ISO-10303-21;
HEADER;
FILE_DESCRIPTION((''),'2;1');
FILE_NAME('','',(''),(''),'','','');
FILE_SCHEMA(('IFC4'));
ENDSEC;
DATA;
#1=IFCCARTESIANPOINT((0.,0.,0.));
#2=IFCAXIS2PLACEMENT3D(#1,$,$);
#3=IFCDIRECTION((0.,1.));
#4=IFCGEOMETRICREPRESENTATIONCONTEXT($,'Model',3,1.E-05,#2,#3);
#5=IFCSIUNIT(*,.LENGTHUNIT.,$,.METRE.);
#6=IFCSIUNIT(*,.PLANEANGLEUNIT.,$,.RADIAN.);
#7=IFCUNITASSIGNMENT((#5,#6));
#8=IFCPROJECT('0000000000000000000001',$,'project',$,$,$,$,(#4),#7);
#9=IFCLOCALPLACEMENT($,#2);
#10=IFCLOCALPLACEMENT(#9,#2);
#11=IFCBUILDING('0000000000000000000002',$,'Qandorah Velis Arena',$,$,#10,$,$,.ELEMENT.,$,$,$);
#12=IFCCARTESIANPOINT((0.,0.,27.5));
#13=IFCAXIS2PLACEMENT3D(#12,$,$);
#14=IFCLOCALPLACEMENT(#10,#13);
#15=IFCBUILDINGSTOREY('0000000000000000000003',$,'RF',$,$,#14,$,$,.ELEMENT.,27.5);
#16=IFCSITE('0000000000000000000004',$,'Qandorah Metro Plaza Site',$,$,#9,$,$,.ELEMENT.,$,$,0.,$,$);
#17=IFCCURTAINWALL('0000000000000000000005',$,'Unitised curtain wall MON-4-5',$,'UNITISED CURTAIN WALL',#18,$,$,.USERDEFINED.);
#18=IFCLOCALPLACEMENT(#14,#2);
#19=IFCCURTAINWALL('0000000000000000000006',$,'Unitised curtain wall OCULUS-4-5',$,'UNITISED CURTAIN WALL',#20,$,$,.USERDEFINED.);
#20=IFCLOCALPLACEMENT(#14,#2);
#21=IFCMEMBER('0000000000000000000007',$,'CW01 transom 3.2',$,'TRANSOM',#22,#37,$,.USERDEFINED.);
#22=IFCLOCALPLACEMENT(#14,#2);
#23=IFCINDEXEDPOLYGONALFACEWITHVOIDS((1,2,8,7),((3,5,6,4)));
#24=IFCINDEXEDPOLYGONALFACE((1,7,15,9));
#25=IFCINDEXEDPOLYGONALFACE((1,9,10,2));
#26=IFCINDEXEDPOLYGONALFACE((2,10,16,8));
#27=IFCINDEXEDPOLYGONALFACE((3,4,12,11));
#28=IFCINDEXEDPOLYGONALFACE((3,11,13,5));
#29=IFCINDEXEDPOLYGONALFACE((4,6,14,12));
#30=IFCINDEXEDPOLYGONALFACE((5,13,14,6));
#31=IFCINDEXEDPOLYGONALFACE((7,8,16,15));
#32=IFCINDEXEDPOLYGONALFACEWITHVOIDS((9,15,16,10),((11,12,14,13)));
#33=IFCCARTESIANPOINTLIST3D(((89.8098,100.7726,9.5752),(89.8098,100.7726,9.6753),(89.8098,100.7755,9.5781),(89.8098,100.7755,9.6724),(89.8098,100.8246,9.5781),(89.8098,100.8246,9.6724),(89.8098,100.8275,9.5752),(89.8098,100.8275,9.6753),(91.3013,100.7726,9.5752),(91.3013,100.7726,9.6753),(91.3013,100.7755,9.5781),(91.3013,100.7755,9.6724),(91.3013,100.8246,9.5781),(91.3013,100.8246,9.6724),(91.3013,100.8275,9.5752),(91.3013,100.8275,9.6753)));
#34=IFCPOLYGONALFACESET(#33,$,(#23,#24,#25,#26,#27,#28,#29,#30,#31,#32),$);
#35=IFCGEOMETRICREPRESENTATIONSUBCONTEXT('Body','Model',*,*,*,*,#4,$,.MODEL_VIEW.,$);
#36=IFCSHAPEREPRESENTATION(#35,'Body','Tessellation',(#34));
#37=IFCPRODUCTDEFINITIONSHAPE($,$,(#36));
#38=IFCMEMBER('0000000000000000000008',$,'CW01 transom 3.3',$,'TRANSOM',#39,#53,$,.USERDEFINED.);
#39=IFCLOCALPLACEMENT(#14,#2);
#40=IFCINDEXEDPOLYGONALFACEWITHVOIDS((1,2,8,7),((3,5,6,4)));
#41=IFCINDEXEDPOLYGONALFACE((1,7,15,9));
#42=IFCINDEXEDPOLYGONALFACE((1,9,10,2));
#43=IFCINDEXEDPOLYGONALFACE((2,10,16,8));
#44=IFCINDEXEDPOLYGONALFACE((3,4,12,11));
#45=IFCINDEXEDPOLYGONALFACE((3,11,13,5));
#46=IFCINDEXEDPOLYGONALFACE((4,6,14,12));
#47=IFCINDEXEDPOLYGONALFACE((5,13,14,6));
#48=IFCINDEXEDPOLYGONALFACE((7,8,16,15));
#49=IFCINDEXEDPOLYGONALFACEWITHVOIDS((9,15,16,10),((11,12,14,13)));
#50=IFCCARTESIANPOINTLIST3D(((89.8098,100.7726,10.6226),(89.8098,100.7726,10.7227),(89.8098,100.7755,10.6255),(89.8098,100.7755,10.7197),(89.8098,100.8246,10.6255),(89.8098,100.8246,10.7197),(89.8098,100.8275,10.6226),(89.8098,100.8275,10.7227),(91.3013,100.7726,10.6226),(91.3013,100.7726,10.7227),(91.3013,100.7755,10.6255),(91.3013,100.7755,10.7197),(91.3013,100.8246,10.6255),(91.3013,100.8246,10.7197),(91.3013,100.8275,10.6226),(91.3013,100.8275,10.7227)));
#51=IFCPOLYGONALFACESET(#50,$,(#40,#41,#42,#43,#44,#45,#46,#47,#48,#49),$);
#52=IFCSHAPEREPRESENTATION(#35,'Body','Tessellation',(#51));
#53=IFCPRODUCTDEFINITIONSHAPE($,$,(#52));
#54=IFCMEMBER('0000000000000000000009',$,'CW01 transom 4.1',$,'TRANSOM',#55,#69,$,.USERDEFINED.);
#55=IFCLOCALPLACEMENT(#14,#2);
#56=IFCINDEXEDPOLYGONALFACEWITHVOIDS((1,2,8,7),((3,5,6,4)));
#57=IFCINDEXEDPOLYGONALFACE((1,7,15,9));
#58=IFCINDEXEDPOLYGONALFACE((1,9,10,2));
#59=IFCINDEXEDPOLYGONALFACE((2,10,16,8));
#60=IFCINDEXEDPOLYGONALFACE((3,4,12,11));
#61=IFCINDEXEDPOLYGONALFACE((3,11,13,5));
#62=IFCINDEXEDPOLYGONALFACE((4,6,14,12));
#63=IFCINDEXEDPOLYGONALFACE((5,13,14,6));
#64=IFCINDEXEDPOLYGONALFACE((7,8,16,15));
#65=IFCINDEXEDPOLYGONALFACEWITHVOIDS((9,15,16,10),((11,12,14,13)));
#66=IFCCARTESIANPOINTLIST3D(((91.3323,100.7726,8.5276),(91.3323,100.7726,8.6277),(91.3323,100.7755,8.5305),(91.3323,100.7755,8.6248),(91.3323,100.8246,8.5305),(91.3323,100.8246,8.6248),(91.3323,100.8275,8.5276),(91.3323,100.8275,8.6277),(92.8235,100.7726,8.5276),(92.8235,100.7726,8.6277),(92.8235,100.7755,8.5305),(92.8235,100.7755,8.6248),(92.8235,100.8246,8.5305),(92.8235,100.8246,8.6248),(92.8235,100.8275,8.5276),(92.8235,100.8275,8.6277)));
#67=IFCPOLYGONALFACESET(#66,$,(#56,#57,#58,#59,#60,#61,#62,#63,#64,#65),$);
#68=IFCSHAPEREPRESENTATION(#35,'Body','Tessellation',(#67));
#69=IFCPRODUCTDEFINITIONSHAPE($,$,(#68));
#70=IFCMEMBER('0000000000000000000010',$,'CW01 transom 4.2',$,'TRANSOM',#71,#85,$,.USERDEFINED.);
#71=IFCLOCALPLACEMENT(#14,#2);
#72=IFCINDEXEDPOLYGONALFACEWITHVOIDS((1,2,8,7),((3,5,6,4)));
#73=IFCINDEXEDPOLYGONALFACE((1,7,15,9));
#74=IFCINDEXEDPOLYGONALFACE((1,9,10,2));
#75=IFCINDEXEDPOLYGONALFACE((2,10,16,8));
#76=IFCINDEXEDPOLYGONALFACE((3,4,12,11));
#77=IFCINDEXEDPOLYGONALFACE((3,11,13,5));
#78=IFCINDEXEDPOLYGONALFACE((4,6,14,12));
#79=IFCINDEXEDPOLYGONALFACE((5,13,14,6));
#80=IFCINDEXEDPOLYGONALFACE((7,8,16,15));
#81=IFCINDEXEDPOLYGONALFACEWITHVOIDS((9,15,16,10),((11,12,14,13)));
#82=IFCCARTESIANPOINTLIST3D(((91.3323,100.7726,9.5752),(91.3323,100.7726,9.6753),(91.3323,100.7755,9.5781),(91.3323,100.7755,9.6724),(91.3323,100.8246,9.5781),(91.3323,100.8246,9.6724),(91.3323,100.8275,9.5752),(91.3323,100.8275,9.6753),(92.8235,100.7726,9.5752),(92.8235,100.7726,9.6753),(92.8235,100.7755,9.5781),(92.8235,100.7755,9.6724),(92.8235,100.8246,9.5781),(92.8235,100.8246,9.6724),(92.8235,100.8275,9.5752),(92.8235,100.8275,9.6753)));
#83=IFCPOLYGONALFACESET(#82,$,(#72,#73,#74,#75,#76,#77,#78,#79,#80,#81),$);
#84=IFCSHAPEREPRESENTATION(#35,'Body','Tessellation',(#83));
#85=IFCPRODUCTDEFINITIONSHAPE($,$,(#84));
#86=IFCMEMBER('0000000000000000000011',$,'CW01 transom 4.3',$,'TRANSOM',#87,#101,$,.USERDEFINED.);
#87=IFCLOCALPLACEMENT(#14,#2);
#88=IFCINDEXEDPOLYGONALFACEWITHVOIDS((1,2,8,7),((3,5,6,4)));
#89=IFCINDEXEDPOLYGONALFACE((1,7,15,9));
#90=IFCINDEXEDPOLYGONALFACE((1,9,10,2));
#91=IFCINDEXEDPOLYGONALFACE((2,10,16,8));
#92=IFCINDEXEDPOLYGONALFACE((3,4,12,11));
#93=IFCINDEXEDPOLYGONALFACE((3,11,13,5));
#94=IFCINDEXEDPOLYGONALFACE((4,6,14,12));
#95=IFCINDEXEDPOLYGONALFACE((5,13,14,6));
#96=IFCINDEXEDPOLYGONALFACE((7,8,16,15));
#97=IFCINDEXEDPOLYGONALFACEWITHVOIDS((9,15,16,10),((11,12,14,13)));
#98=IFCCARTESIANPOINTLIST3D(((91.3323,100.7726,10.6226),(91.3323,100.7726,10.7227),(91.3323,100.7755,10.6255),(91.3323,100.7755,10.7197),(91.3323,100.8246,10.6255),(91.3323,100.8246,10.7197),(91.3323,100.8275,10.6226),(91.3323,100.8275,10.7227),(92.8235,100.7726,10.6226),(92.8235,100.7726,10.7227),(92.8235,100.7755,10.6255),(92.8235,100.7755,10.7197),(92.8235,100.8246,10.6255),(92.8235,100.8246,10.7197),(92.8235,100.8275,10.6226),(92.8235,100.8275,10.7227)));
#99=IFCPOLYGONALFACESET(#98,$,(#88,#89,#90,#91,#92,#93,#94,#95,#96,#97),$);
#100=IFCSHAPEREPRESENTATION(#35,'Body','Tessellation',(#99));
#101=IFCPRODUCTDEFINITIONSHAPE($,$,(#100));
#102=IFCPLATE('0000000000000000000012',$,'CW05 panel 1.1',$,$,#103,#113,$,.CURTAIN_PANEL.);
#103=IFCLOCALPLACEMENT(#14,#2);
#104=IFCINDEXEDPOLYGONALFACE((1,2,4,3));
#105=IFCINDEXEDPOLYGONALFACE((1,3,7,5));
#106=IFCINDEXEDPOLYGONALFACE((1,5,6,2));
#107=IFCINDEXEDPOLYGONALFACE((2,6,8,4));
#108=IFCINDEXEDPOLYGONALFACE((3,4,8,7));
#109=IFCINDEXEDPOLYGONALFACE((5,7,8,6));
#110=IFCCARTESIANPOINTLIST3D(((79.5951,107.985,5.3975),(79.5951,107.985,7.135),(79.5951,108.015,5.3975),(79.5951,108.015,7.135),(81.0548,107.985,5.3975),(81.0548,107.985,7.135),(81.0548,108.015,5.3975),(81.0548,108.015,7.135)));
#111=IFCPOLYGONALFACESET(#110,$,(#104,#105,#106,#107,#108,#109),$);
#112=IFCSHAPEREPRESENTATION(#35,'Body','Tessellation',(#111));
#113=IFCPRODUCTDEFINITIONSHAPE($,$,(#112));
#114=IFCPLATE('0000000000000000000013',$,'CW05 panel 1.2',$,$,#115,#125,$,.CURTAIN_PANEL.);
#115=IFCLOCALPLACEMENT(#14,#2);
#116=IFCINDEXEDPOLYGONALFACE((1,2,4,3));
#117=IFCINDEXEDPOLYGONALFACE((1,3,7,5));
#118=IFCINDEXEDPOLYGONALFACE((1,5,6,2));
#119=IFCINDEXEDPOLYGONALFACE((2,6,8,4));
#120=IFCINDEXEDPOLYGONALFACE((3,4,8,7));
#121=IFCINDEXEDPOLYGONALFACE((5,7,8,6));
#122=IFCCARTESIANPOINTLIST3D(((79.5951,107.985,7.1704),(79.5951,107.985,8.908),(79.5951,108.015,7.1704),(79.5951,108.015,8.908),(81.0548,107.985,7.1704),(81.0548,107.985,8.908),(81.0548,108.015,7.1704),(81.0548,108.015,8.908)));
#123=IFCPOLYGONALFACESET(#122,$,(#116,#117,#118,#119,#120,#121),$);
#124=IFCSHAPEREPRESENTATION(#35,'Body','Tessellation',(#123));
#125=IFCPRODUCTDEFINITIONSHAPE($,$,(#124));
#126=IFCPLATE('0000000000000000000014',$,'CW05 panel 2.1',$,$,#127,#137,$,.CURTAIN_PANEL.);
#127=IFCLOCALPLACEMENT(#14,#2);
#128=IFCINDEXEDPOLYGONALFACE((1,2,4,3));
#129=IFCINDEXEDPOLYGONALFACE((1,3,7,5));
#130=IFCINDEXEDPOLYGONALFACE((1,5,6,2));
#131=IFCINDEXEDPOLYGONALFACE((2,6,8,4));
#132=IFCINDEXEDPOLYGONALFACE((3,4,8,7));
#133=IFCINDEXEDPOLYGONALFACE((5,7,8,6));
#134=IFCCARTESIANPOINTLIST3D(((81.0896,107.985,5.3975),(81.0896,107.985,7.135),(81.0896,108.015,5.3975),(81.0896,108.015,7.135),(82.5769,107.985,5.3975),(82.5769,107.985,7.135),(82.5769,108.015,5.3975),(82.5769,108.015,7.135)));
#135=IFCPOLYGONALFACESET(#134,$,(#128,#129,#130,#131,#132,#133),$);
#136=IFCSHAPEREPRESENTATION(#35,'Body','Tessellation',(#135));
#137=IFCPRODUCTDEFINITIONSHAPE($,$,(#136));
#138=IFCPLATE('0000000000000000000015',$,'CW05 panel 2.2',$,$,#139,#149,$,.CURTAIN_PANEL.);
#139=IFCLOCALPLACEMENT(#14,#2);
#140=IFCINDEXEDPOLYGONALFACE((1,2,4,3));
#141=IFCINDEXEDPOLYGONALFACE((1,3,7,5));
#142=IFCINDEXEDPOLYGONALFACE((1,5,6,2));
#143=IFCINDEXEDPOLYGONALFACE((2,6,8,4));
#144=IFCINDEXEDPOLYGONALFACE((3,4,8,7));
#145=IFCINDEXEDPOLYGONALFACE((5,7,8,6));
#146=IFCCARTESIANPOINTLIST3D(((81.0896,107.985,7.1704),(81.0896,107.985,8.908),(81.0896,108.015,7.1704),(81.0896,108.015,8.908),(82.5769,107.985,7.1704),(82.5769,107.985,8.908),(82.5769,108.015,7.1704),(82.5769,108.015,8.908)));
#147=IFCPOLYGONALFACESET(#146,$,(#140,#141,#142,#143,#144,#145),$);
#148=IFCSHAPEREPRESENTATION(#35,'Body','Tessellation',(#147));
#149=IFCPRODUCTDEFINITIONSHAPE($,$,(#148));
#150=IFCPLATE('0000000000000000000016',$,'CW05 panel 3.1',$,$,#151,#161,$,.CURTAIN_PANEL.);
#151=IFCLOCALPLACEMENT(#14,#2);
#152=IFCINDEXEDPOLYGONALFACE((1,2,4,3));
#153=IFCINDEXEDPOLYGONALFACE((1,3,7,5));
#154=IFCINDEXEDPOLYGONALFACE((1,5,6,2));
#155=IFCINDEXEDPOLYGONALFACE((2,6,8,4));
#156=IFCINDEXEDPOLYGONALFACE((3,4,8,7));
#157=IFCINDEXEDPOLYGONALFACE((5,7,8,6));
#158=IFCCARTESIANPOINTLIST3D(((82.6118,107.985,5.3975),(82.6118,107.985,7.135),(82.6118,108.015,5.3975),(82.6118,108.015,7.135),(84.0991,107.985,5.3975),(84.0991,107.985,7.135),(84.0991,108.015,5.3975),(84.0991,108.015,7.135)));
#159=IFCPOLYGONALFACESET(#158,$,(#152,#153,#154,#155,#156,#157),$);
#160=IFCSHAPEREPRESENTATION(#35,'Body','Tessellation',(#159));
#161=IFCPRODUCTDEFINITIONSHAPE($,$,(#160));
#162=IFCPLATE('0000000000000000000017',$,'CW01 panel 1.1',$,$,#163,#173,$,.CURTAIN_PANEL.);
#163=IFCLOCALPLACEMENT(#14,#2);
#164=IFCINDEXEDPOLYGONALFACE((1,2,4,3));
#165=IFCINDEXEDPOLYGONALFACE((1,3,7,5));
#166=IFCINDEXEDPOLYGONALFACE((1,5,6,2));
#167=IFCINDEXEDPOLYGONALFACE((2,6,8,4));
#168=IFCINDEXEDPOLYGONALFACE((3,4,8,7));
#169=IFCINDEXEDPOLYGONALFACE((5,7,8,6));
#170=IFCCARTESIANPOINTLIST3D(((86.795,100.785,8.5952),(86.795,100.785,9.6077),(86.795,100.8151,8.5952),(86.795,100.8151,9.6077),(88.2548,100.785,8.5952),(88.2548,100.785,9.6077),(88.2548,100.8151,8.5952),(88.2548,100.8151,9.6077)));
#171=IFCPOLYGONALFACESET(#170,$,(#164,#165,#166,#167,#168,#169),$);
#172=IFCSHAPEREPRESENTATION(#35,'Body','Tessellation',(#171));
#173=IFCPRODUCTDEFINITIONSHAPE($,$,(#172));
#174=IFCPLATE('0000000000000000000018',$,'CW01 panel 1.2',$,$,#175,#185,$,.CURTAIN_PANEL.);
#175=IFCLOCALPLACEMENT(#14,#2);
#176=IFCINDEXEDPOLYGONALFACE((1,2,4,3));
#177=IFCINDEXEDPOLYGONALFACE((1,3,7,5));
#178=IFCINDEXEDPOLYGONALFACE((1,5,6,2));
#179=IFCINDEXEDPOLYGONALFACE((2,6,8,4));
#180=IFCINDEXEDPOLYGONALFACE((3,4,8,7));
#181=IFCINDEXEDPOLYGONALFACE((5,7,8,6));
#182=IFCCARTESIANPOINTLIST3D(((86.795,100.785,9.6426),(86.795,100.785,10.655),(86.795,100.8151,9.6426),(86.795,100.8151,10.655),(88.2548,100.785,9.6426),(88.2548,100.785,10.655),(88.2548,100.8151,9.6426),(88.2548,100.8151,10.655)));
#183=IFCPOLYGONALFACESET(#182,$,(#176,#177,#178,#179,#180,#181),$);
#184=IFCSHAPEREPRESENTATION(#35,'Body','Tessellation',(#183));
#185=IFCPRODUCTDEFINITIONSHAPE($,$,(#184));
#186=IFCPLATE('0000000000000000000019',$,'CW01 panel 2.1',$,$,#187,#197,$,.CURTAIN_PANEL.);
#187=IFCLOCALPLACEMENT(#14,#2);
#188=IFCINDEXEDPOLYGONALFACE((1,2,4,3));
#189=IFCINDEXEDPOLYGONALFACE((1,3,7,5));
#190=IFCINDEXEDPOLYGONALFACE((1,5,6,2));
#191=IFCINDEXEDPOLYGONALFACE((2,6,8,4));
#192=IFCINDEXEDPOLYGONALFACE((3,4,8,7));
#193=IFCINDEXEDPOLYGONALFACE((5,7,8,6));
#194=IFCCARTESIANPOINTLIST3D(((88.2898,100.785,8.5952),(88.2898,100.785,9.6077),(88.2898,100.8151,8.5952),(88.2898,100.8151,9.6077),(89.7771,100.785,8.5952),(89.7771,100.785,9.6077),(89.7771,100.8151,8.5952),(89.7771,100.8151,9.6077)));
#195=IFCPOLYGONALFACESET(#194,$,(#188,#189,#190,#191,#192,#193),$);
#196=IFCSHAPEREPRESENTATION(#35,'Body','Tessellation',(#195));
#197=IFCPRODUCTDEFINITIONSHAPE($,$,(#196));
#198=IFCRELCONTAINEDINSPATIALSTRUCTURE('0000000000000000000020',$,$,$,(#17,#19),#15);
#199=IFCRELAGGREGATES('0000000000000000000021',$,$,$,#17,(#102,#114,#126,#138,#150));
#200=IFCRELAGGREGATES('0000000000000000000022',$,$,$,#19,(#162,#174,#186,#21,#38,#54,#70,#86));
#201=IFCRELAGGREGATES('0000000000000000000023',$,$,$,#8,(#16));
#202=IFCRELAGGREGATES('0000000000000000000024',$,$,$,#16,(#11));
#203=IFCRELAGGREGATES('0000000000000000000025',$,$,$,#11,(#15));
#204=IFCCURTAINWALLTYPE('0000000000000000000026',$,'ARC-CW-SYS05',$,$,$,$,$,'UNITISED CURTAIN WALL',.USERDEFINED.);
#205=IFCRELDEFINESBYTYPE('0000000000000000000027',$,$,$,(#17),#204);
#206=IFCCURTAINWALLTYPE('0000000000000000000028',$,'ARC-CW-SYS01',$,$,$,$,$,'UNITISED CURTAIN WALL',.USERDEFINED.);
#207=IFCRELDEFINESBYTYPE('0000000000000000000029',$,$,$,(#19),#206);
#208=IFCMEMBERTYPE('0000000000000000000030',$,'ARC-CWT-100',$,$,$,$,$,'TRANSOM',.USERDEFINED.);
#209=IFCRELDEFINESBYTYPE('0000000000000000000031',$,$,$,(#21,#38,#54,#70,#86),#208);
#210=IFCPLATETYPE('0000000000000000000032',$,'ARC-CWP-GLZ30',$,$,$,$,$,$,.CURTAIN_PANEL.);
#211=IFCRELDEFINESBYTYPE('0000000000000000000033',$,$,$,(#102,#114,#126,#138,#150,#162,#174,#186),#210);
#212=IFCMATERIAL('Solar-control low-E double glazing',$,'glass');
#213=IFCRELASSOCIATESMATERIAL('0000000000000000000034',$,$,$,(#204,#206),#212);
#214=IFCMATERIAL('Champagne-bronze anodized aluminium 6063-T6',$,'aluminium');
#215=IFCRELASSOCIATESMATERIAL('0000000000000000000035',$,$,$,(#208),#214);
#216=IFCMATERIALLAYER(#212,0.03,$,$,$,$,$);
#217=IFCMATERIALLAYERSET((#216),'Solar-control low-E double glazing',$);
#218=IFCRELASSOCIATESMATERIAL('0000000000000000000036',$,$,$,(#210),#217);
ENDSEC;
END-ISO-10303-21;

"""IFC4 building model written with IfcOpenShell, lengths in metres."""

from ifc_helpers import new_model, si_unit, direction, frame, origin, origin_2d, place, context, subcontext, project, spatial, rectangle, hollow_rectangle, extrude, material, layer, layer_set, material_profile, profile_set, type_object, element, aggregate, save


model = new_model("IFC4")

# Units and contexts
model_context = context("Model", 3, precision=1e-05, world=origin(), true_north=direction((0.0, 1.0)))
body_context = subcontext(model_context, "Body", "Model", "MODEL_VIEW")
ifc_project = project(units=[si_unit("LENGTHUNIT", "METRE"), si_unit("PLANEANGLEUNIT", "RADIAN")], contexts=[model_context])

# Site, building, storey
site_placement = place(None, origin())
site = spatial("IfcSite", under=ifc_project, at=site_placement, Name="Qandorah Metro Plaza Site", CompositionType="ELEMENT", RefElevation=0.0)
building_placement = place(site_placement, origin())
building = spatial("IfcBuilding", under=site, at=building_placement, Name="Qandorah Velis Arena", CompositionType="ELEMENT")
storey_placement = place(building_placement, frame((0.0, 0.0, 27.5)))
storey = spatial("IfcBuildingStorey", under=building, at=storey_placement, Name="RF", CompositionType="ELEMENT", Elevation=27.5)

# Curtain walls
ifc_material_1 = material(Name="Solar-control low-E double glazing", Category="glass")
curtain_wall_type_1 = type_object("IfcCurtainWallType", Name="ARC-CW-SYS05", ElementType="UNITISED CURTAIN WALL", PredefinedType="USERDEFINED", material=ifc_material_1)
curtain_wall_1_placement = place(storey_placement, origin())
curtain_wall_1 = element("IfcCurtainWall", 1, at=curtain_wall_1_placement, inside=storey, type_object=curtain_wall_type_1, Name="Unitised curtain wall MON-4-5", ObjectType="UNITISED CURTAIN WALL", PredefinedType="USERDEFINED")
ifc_material_2 = material(Name="Champagne-bronze anodized aluminium 6063-T6", Category="aluminium")
curtain_wall_type_2 = type_object("IfcCurtainWallType", Name="ARC-CW-SYS01", ElementType="UNITISED CURTAIN WALL", PredefinedType="USERDEFINED", material=ifc_material_1)
curtain_wall_2_placement = place(storey_placement, origin())
curtain_wall_2 = element("IfcCurtainWall", 2, at=curtain_wall_2_placement, inside=storey, type_object=curtain_wall_type_2, Name="Unitised curtain wall OCULUS-4-5", ObjectType="UNITISED CURTAIN WALL", PredefinedType="USERDEFINED")

# Members
ifc_material_profile_1 = material_profile(ifc_material_2, hollow_rectangle(XDim=0.0549, YDim=0.1001, WallThickness=0.0029, at=origin_2d()), Name="ALU TRANSOM 55x100")
ifc_profile_set_1 = profile_set([ifc_material_profile_1], Name="Champagne-bronze anodized aluminium 6063-T6")
member_type_1 = type_object("IfcMemberType", Name="ARC-CWT-100", ElementType="TRANSOM", PredefinedType="USERDEFINED", material=ifc_profile_set_1)
member_1_placement = place(storey_placement, frame((89.8098, 100.8, 9.6252), z_axis=(1.0, 0.0, 0.0), x_axis=(0.0, 1.0, 0.0)))
member_1 = element("IfcMember", 3, at=member_1_placement, type_object=member_type_1, Name="CW01 transom 3.2", ObjectType="TRANSOM", PredefinedType="USERDEFINED", context=body_context, shape_type="SweptSolid", body=[
    extrude(hollow_rectangle(XDim=0.0549, YDim=0.1001, WallThickness=0.0029, at=origin_2d()), origin(), (0.0, 0.0, 1.0), 1.4915),
])
member_2_placement = place(storey_placement, frame((89.8098, 100.8, 10.6726), z_axis=(1.0, 0.0, 0.0), x_axis=(0.0, 1.0, 0.0)))
member_2 = element("IfcMember", 4, at=member_2_placement, type_object=member_type_1, Name="CW01 transom 3.3", ObjectType="TRANSOM", PredefinedType="USERDEFINED", context=body_context, shape_type="SweptSolid", body=[
    extrude(hollow_rectangle(XDim=0.0549, YDim=0.1001, WallThickness=0.0029, at=origin_2d()), origin(), (0.0, 0.0, 1.0), 1.4915),
])
member_3_placement = place(storey_placement, frame((91.3323, 100.8, 8.5776), z_axis=(1.0, 0.0, 0.0), x_axis=(0.0, 1.0, 0.0)))
member_3 = element("IfcMember", 5, at=member_3_placement, type_object=member_type_1, Name="CW01 transom 4.1", ObjectType="TRANSOM", PredefinedType="USERDEFINED", context=body_context, shape_type="SweptSolid", body=[
    extrude(hollow_rectangle(XDim=0.0549, YDim=0.1001, WallThickness=0.0029, at=origin_2d()), origin(), (0.0, 0.0, 1.0), 1.4912),
])
member_4_placement = place(storey_placement, frame((91.3323, 100.8, 9.6252), z_axis=(1.0, 0.0, 0.0), x_axis=(0.0, 1.0, 0.0)))
member_4 = element("IfcMember", 6, at=member_4_placement, type_object=member_type_1, Name="CW01 transom 4.2", ObjectType="TRANSOM", PredefinedType="USERDEFINED", context=body_context, shape_type="SweptSolid", body=[
    extrude(hollow_rectangle(XDim=0.0549, YDim=0.1001, WallThickness=0.0029, at=origin_2d()), origin(), (0.0, 0.0, 1.0), 1.4912),
])
member_5_placement = place(storey_placement, frame((91.3323, 100.8, 10.6726), z_axis=(1.0, 0.0, 0.0), x_axis=(0.0, 1.0, 0.0)))
member_5 = element("IfcMember", 7, at=member_5_placement, type_object=member_type_1, Name="CW01 transom 4.3", ObjectType="TRANSOM", PredefinedType="USERDEFINED", context=body_context, shape_type="SweptSolid", body=[
    extrude(hollow_rectangle(XDim=0.0549, YDim=0.1001, WallThickness=0.0029, at=origin_2d()), origin(), (0.0, 0.0, 1.0), 1.4912),
])

# Plates
ifc_layer = layer(ifc_material_1, 0.03)
ifc_layer_set = layer_set([ifc_layer], Name="Solar-control low-E double glazing")
plate_type = type_object("IfcPlateType", Name="ARC-CWP-GLZ30", PredefinedType="CURTAIN_PANEL", material=ifc_layer_set)
plate_1_placement = place(storey_placement, frame((80.325, 108.0, 5.3975), z_axis=(0.0, 0.0, 1.0), x_axis=(1.0, 0.0, 0.0)))
plate_1 = element("IfcPlate", 8, at=plate_1_placement, type_object=plate_type, Name="CW05 panel 1.1", PredefinedType="CURTAIN_PANEL", context=body_context, shape_type="SweptSolid", body=[
    extrude(rectangle(XDim=1.4597, YDim=0.03, at=origin_2d()), origin(), (0.0, 0.0, 1.0), 1.7375),
])
plate_2_placement = place(storey_placement, frame((80.325, 108.0, 7.1704), z_axis=(0.0, 0.0, 1.0), x_axis=(1.0, 0.0, 0.0)))
plate_2 = element("IfcPlate", 9, at=plate_2_placement, type_object=plate_type, Name="CW05 panel 1.2", PredefinedType="CURTAIN_PANEL", context=body_context, shape_type="SweptSolid", body=[
    extrude(rectangle(XDim=1.4597, YDim=0.03, at=origin_2d()), origin(), (0.0, 0.0, 1.0), 1.7375),
])
plate_3_placement = place(storey_placement, frame((81.8333, 108.0, 5.3975), z_axis=(0.0, 0.0, 1.0), x_axis=(1.0, 0.0, 0.0)))
plate_3 = element("IfcPlate", 10, at=plate_3_placement, type_object=plate_type, Name="CW05 panel 2.1", PredefinedType="CURTAIN_PANEL", context=body_context, shape_type="SweptSolid", body=[
    extrude(rectangle(XDim=1.4873, YDim=0.03, at=origin_2d()), origin(), (0.0, 0.0, 1.0), 1.7375),
])
plate_4_placement = place(storey_placement, frame((81.8333, 108.0, 7.1704), z_axis=(0.0, 0.0, 1.0), x_axis=(1.0, 0.0, 0.0)))
plate_4 = element("IfcPlate", 11, at=plate_4_placement, type_object=plate_type, Name="CW05 panel 2.2", PredefinedType="CURTAIN_PANEL", context=body_context, shape_type="SweptSolid", body=[
    extrude(rectangle(XDim=1.4873, YDim=0.03, at=origin_2d()), origin(), (0.0, 0.0, 1.0), 1.7375),
])
plate_5_placement = place(storey_placement, frame((83.3555, 108.0, 5.3975), z_axis=(0.0, 0.0, 1.0), x_axis=(1.0, 0.0, 0.0)))
plate_5 = element("IfcPlate", 12, at=plate_5_placement, type_object=plate_type, Name="CW05 panel 3.1", PredefinedType="CURTAIN_PANEL", context=body_context, shape_type="SweptSolid", body=[
    extrude(rectangle(XDim=1.4873, YDim=0.03, at=origin_2d()), origin(), (0.0, 0.0, 1.0), 1.7375),
])
aggregate(curtain_wall_1, [plate_1, plate_2, plate_3, plate_4, plate_5])
plate_6_placement = place(storey_placement, frame((87.5249, 100.8, 8.5952), z_axis=(0.0, 0.0, 1.0), x_axis=(1.0, 0.0, 0.0)))
plate_6 = element("IfcPlate", 13, at=plate_6_placement, type_object=plate_type, Name="CW01 panel 1.1", PredefinedType="CURTAIN_PANEL", context=body_context, shape_type="SweptSolid", body=[
    extrude(rectangle(XDim=1.4597, YDim=0.03, at=origin_2d()), origin(), (0.0, 0.0, 1.0), 1.0125),
])
plate_7_placement = place(storey_placement, frame((87.5249, 100.8, 9.6426), z_axis=(0.0, 0.0, 1.0), x_axis=(1.0, 0.0, 0.0)))
plate_7 = element("IfcPlate", 14, at=plate_7_placement, type_object=plate_type, Name="CW01 panel 1.2", PredefinedType="CURTAIN_PANEL", context=body_context, shape_type="SweptSolid", body=[
    extrude(rectangle(XDim=1.4597, YDim=0.03, at=origin_2d()), origin(), (0.0, 0.0, 1.0), 1.0125),
])
plate_8_placement = place(storey_placement, frame((89.0334, 100.8, 8.5952), z_axis=(0.0, 0.0, 1.0), x_axis=(1.0, 0.0, 0.0)))
plate_8 = element("IfcPlate", 15, at=plate_8_placement, type_object=plate_type, Name="CW01 panel 2.1", PredefinedType="CURTAIN_PANEL", context=body_context, shape_type="SweptSolid", body=[
    extrude(rectangle(XDim=1.4873, YDim=0.03, at=origin_2d()), origin(), (0.0, 0.0, 1.0), 1.0125),
])
aggregate(curtain_wall_2, [plate_6, plate_7, plate_8, member_1, member_2, member_3, member_4, member_5])

save(model, "model.ifc")
